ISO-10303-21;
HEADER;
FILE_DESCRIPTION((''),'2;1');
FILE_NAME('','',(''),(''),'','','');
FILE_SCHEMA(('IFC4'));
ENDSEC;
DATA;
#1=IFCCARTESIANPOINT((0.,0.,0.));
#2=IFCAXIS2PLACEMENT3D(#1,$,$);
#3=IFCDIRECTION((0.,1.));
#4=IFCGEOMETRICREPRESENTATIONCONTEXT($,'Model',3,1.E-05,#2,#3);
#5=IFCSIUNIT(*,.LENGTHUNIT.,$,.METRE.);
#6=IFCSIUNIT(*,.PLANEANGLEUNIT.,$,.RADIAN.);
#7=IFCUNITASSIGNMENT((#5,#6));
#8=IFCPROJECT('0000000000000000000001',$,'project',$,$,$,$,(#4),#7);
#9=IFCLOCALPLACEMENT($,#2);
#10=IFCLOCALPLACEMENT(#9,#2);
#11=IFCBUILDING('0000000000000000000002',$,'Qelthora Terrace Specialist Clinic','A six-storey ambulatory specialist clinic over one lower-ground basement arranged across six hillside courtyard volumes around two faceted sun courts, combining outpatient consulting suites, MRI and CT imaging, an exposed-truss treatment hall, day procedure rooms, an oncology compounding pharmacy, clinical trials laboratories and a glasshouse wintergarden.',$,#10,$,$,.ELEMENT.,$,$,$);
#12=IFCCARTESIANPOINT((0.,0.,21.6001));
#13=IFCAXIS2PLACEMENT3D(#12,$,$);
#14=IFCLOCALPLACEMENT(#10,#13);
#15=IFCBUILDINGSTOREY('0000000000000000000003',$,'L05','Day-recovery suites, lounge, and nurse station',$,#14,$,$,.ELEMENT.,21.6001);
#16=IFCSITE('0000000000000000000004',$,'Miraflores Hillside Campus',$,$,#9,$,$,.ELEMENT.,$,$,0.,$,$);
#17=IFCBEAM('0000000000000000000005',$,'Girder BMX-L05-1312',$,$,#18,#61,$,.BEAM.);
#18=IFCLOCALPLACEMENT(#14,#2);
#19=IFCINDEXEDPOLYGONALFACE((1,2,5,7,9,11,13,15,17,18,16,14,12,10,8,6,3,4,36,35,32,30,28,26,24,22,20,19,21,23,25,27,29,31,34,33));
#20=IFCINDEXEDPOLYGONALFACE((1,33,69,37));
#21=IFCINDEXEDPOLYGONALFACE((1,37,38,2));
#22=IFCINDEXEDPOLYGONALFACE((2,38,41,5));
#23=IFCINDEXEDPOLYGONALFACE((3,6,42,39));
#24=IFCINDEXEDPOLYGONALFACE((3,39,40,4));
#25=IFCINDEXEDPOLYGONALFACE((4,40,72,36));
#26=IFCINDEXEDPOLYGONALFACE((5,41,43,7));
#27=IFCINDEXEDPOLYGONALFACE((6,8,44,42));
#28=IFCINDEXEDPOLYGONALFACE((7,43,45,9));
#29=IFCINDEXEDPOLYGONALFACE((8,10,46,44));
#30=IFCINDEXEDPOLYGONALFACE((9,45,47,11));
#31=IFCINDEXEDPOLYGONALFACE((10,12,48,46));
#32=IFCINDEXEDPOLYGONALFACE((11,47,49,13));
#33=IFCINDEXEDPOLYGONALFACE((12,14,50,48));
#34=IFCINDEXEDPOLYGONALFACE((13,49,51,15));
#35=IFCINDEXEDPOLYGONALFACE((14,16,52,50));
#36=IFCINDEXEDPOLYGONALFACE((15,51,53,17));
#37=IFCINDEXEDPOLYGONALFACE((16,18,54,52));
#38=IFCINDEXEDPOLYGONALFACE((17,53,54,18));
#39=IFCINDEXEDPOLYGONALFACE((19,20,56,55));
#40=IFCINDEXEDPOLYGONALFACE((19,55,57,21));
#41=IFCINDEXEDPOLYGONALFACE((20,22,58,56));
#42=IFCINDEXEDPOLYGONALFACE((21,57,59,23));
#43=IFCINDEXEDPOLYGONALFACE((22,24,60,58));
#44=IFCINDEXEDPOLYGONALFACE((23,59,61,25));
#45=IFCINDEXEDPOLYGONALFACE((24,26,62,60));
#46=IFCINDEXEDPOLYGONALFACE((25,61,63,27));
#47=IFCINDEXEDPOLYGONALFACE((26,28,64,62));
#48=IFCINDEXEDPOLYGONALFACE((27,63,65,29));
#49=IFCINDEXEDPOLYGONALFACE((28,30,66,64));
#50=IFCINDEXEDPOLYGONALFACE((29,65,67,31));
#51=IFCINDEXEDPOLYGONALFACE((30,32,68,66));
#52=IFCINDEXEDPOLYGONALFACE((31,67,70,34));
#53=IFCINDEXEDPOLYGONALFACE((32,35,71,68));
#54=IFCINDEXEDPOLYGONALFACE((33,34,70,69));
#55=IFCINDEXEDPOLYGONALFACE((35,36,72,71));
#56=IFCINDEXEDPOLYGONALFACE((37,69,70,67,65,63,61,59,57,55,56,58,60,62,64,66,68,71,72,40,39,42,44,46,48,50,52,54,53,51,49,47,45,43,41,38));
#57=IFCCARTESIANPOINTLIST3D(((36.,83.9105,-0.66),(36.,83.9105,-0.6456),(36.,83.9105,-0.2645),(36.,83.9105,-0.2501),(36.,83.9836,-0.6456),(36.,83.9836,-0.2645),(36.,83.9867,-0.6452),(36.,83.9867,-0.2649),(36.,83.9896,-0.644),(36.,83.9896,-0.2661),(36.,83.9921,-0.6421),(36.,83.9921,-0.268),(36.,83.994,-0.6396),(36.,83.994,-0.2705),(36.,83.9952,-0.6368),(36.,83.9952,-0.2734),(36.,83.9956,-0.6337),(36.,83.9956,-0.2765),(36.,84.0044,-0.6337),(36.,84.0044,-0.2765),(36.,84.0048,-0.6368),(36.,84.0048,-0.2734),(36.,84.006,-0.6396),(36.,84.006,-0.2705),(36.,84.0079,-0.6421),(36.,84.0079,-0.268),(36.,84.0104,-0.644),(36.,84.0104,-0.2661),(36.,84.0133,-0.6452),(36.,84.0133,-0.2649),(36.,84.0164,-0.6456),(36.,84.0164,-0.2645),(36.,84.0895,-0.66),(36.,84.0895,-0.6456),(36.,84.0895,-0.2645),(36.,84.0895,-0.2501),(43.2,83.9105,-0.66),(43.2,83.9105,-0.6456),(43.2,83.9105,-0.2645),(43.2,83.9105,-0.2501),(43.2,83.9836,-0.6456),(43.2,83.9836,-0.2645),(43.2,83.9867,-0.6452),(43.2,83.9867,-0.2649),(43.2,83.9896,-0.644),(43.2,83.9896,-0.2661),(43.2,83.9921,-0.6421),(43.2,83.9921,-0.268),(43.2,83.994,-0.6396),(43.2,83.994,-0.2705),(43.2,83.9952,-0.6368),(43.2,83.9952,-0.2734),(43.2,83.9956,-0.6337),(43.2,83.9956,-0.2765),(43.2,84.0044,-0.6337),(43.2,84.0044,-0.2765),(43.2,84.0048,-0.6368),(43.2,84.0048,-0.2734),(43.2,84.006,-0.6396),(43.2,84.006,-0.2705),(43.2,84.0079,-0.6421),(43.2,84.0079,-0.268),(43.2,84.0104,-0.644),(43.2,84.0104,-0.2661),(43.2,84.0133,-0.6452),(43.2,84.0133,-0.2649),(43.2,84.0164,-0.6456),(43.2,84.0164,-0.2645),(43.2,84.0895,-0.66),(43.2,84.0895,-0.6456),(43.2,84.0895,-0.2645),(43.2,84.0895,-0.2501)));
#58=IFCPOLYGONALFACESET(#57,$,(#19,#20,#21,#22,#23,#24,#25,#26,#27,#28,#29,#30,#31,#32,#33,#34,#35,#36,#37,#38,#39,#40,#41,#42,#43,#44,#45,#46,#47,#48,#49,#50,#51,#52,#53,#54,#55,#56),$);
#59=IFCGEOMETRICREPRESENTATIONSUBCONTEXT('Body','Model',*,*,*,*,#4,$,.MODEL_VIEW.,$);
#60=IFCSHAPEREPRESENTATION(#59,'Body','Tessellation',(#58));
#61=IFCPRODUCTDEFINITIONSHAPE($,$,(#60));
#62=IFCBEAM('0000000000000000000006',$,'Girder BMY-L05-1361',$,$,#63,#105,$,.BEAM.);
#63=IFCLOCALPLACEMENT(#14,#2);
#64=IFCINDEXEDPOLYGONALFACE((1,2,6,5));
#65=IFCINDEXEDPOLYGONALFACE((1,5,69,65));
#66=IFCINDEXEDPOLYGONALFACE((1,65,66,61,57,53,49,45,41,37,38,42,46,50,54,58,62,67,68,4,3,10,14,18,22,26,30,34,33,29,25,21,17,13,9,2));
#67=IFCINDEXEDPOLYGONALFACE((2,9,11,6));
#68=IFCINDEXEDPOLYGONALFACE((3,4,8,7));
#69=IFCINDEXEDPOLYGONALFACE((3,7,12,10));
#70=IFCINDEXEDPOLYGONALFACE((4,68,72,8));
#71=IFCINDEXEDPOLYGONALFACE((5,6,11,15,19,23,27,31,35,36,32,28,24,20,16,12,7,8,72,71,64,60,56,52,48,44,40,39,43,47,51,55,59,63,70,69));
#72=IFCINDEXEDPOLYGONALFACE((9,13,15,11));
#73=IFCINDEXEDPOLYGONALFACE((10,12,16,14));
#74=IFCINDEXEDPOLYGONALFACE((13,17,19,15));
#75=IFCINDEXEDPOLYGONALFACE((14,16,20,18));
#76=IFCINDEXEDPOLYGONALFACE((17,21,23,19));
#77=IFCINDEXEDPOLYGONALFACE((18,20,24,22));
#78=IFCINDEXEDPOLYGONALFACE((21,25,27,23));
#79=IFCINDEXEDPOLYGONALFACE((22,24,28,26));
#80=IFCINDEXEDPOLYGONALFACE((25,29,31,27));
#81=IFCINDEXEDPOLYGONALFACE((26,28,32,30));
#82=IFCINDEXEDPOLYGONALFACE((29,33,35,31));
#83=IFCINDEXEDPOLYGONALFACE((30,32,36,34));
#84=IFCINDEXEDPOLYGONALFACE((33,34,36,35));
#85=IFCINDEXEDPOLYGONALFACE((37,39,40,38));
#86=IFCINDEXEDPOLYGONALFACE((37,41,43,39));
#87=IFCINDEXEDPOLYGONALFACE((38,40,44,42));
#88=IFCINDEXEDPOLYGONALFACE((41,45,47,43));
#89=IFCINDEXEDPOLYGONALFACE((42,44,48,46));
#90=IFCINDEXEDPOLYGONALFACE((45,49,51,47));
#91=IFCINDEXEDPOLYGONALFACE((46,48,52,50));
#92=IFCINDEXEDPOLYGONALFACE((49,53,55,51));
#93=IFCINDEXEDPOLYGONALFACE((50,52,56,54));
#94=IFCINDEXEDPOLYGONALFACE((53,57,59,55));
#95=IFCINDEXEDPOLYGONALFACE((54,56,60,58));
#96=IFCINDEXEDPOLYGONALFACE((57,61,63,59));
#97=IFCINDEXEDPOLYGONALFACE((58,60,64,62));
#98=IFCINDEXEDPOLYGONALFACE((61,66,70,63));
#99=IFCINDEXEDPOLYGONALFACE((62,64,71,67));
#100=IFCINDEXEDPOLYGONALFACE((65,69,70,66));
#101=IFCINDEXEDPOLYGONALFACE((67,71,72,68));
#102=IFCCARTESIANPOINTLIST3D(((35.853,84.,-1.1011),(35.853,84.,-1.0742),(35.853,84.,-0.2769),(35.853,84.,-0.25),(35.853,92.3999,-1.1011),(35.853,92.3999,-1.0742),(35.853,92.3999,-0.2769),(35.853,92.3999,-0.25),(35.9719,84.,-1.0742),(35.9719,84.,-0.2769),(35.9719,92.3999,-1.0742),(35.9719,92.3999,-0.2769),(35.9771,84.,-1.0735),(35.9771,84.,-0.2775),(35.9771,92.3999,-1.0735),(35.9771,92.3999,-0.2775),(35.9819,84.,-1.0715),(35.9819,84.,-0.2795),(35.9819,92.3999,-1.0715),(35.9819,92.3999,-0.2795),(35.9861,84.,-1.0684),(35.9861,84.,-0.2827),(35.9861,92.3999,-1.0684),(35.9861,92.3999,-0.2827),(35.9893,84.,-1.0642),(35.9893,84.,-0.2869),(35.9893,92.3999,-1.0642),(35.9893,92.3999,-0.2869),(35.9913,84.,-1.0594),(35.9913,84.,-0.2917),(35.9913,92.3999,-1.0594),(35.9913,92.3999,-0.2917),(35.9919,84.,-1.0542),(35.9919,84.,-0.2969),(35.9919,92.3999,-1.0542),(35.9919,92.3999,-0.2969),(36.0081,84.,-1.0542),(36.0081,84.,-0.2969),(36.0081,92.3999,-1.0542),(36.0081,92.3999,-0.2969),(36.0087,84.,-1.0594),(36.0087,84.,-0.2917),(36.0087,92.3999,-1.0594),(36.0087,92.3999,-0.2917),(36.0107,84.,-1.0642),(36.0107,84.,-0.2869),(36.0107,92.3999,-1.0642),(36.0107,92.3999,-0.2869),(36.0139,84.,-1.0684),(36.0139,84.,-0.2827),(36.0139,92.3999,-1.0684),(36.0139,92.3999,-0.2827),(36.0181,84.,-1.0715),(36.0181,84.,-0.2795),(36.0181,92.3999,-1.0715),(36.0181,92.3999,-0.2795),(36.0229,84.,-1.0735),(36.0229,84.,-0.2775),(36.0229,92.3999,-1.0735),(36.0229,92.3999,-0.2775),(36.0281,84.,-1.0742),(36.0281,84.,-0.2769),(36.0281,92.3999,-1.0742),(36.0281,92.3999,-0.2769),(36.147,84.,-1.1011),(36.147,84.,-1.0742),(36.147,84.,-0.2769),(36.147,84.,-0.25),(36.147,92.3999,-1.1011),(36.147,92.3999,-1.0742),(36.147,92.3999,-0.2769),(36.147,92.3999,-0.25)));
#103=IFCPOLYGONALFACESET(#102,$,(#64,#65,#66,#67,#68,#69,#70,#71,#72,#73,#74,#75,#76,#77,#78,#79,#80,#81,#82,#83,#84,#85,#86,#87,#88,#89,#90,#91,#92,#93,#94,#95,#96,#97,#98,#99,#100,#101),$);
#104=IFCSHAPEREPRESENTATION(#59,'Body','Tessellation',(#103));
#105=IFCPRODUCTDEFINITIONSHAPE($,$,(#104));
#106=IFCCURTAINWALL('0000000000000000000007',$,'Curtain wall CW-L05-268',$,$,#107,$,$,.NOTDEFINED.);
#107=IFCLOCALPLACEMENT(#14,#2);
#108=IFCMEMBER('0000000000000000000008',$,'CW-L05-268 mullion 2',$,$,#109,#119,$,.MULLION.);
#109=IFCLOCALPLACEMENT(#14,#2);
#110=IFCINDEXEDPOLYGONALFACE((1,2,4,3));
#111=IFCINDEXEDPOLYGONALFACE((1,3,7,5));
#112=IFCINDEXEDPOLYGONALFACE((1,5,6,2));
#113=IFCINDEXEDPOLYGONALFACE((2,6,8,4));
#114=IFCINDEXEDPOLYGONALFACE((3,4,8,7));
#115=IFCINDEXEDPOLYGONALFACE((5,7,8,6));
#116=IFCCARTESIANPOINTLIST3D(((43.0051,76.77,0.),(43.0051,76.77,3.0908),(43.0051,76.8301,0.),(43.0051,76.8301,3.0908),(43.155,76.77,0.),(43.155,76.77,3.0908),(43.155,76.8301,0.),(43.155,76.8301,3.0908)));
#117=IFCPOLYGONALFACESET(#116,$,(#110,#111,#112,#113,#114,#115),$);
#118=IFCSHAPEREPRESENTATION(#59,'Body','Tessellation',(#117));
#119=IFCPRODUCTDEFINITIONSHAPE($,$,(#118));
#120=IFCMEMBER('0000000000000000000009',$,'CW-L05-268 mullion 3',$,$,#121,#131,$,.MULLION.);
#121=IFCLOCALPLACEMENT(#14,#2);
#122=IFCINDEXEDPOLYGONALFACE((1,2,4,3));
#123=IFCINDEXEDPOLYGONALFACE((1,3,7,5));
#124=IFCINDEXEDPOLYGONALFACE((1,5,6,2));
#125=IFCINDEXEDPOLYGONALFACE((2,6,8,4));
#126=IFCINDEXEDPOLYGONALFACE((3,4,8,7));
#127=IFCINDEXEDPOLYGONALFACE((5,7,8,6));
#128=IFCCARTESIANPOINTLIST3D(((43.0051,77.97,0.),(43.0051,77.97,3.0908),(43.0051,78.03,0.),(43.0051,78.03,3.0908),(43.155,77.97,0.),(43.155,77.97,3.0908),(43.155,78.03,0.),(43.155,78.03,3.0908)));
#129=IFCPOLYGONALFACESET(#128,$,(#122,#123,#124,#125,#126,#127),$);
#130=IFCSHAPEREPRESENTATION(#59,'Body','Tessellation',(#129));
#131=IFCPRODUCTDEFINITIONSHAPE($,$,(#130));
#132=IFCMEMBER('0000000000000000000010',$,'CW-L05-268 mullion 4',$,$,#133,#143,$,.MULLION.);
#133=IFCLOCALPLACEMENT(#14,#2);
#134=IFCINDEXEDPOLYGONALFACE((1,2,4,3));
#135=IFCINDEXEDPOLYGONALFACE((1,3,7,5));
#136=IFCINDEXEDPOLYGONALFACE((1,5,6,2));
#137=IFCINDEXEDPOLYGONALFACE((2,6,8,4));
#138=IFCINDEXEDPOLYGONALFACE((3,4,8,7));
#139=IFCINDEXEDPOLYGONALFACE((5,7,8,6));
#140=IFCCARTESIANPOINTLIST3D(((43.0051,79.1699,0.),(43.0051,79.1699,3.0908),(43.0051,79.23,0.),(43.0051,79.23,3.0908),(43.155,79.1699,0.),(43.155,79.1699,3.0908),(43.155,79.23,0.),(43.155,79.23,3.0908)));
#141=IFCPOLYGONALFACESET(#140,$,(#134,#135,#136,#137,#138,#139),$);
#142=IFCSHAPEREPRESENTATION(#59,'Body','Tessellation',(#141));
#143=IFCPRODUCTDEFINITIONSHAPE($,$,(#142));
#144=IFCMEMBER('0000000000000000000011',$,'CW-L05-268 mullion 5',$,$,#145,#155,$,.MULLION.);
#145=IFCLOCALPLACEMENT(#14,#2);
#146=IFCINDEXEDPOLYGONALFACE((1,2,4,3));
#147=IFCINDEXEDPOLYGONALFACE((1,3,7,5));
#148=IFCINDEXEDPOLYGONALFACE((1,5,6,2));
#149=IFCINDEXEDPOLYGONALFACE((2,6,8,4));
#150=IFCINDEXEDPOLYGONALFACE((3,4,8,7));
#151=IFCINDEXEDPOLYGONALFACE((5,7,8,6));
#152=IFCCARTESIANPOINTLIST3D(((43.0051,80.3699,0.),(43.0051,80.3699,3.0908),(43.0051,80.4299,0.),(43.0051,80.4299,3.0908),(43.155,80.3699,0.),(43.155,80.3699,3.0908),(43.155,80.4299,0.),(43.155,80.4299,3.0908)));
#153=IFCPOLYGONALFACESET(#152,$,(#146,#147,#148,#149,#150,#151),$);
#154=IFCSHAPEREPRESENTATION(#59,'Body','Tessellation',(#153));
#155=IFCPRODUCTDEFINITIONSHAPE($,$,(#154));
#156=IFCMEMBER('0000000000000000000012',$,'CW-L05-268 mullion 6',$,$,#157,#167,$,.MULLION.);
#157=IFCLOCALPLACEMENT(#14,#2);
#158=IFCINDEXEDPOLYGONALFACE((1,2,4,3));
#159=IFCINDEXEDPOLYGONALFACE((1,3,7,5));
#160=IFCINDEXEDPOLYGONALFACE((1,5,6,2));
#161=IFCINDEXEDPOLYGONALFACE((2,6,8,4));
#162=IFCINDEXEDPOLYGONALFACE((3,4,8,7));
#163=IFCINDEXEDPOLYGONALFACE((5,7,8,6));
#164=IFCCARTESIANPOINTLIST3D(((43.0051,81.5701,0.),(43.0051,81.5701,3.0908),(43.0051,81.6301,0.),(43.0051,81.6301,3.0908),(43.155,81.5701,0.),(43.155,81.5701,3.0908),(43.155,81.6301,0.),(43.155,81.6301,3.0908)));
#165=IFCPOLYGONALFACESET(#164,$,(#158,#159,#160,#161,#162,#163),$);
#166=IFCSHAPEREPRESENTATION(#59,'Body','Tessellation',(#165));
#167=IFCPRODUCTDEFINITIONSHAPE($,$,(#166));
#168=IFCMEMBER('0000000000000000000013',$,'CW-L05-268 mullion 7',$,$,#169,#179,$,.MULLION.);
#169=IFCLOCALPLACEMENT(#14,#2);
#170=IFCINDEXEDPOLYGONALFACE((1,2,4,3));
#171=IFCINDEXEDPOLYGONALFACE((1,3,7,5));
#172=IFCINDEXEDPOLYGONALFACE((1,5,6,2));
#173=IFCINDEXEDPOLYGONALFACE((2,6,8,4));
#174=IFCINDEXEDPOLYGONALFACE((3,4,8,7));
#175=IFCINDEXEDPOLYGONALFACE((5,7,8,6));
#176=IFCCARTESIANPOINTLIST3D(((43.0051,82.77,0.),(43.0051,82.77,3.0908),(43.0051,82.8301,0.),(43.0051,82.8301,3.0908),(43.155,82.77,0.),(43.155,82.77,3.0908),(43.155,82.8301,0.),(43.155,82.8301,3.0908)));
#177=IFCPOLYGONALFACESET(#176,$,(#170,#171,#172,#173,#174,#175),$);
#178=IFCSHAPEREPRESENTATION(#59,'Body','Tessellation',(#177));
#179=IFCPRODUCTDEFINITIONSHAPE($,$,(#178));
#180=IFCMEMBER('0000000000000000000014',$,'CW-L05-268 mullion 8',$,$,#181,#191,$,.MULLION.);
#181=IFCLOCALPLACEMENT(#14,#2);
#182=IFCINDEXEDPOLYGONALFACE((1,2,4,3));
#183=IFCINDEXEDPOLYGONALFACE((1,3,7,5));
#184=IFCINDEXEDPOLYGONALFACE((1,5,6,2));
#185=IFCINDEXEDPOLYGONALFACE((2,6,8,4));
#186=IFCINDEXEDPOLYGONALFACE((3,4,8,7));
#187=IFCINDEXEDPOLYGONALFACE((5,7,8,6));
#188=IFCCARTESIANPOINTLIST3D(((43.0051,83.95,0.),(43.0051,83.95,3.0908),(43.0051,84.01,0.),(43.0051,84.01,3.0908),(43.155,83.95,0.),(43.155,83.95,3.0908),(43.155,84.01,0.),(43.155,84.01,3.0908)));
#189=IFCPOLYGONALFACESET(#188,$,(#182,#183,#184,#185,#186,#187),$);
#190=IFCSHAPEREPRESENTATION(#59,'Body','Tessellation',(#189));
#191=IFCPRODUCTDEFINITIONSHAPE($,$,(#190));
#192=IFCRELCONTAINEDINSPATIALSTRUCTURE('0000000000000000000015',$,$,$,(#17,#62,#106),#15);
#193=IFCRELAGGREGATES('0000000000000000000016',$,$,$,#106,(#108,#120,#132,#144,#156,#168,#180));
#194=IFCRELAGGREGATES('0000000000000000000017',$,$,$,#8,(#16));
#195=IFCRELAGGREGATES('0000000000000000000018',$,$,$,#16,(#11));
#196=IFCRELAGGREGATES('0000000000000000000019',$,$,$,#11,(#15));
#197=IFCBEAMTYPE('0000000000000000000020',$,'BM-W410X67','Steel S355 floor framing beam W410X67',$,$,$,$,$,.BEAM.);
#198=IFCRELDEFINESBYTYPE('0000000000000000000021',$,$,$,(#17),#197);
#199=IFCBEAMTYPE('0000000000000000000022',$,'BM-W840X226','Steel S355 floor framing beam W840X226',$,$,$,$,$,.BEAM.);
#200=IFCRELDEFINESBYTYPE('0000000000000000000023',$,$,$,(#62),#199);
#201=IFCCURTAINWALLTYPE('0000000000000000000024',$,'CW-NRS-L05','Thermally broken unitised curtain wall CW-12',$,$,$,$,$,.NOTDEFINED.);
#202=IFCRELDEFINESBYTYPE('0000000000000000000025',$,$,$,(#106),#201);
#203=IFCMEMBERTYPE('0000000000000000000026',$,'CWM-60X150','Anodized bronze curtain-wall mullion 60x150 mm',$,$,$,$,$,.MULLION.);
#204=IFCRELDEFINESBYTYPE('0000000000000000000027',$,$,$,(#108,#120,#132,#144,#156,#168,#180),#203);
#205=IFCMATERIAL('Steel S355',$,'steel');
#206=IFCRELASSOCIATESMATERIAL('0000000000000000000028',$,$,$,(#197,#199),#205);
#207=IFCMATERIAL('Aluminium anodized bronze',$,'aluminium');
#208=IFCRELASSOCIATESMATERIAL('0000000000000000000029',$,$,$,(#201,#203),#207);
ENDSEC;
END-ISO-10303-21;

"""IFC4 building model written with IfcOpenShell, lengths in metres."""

from ifc_helpers import new_model, si_unit, direction, frame, origin, origin_2d, place, context, subcontext, project, spatial, rectangle, i_section, extrude, material, material_profile, profile_set, type_object, element, aggregate, save


model = new_model("IFC4")

# Units and contexts
model_context = context("Model", 3, precision=1e-05, world=origin(), true_north=direction((0.0, 1.0)))
body_context = subcontext(model_context, "Body", "Model", "MODEL_VIEW")
ifc_project = project(units=[si_unit("LENGTHUNIT", "METRE"), si_unit("PLANEANGLEUNIT", "RADIAN")], contexts=[model_context])

# Site, building, storey
site_placement = place(None, origin())
site = spatial("IfcSite", under=ifc_project, at=site_placement, Name="Miraflores Hillside Campus", CompositionType="ELEMENT", RefElevation=0.0)
building_placement = place(site_placement, origin())
building = spatial("IfcBuilding", under=site, at=building_placement, Name="Qelthora Terrace Specialist Clinic", Description="A six-storey ambulatory specialist clinic over one lower-ground basement arranged across six hillside courtyard volumes around two faceted sun courts, combining outpatient consulting suites, MRI and CT imaging, an exposed-truss treatment hall, day procedure rooms, an oncology compounding pharmacy, clinical trials laboratories and a glasshouse wintergarden.", CompositionType="ELEMENT")
storey_placement = place(building_placement, frame((0.0, 0.0, 21.6001)))
storey = spatial("IfcBuildingStorey", under=building, at=storey_placement, Name="L05", Description="Day-recovery suites, lounge, and nurse station", CompositionType="ELEMENT", Elevation=21.6001)

# Beams
ifc_material_1 = material(Name="Steel S355", Category="steel")
ifc_material_profile_1 = material_profile(ifc_material_1, i_section(OverallWidth=0.179, OverallDepth=0.4099, WebThickness=0.0088, FlangeThickness=0.0144, FilletRadius=0.012, at=origin_2d()), Name="W410X67")
ifc_profile_set_1 = profile_set([ifc_material_profile_1], Name="Steel S355")
beam_type_1 = type_object("IfcBeamType", Name="BM-W410X67", Description="Steel S355 floor framing beam W410X67", PredefinedType="BEAM", material=ifc_profile_set_1)
beam_1_placement = place(storey_placement, frame((36.0, 84.0, -0.4551), z_axis=(1.0, 0.0, 0.0), x_axis=(0.0, 1.0, 0.0)))
element("IfcBeam", 1, at=beam_1_placement, inside=storey, type_object=beam_type_1, Name="Girder BMX-L05-1312", PredefinedType="BEAM", context=body_context, shape_type="SweptSolid", body=[
    extrude(i_section(OverallWidth=0.179, OverallDepth=0.4099, WebThickness=0.0088, FlangeThickness=0.0144, FilletRadius=0.012, at=origin_2d()), origin(), (0.0, 0.0, 1.0), 7.2),
])
ifc_material_profile_2 = material_profile(ifc_material_1, i_section(OverallWidth=0.2939, OverallDepth=0.8511, WebThickness=0.0161, FlangeThickness=0.0269, FilletRadius=0.02, at=origin_2d()), Name="W840X226")
ifc_profile_set_2 = profile_set([ifc_material_profile_2], Name="Steel S355")
beam_type_2 = type_object("IfcBeamType", Name="BM-W840X226", Description="Steel S355 floor framing beam W840X226", PredefinedType="BEAM", material=ifc_profile_set_2)
beam_2_placement = place(storey_placement, frame((36.0, 84.0, -0.6755), z_axis=(0.0, 1.0, 0.0), x_axis=(-1.0, 0.0, 0.0)))
element("IfcBeam", 2, at=beam_2_placement, inside=storey, type_object=beam_type_2, Name="Girder BMY-L05-1361", PredefinedType="BEAM", context=body_context, shape_type="SweptSolid", body=[
    extrude(i_section(OverallWidth=0.2939, OverallDepth=0.8511, WebThickness=0.0161, FlangeThickness=0.0269, FilletRadius=0.02, at=origin_2d()), origin(), (0.0, 0.0, 1.0), 8.3999),
])

# Curtain wall, members
ifc_material_2 = material(Name="Aluminium anodized bronze", Category="aluminium")
curtain_wall_type = type_object("IfcCurtainWallType", Name="CW-NRS-L05", Description="Thermally broken unitised curtain wall CW-12", PredefinedType="NOTDEFINED", material=ifc_material_2)
curtain_wall_1_placement = place(storey_placement, origin())
curtain_wall_1 = element("IfcCurtainWall", 3, at=curtain_wall_1_placement, inside=storey, type_object=curtain_wall_type, Name="Curtain wall CW-L05-268", PredefinedType="NOTDEFINED")
ifc_material_profile_3 = material_profile(ifc_material_2, rectangle(XDim=0.0601, YDim=0.1499, at=origin_2d()), Name="CWM60X150")
ifc_profile_set_3 = profile_set([ifc_material_profile_3], Name="Aluminium anodized bronze")
member_type_1 = type_object("IfcMemberType", Name="CWM-60X150", Description="Anodized bronze curtain-wall mullion 60x150 mm", PredefinedType="MULLION", material=ifc_profile_set_3)
member_1_placement = place(storey_placement, frame((43.0801, 76.8, 0.0), z_axis=(0.0, 0.0, 1.0), x_axis=(0.0, 1.0, 0.0)))
member_1 = element("IfcMember", 4, at=member_1_placement, type_object=member_type_1, Name="CW-L05-268 mullion 2", PredefinedType="MULLION", context=body_context, shape_type="SweptSolid", body=[
    extrude(rectangle(XDim=0.0601, YDim=0.1499, at=origin_2d()), origin(), (0.0, 0.0, 1.0), 3.0908),
])
member_2_placement = place(storey_placement, frame((43.0801, 78.0, 0.0), z_axis=(0.0, 0.0, 1.0), x_axis=(0.0, 1.0, 0.0)))
member_2 = element("IfcMember", 5, at=member_2_placement, type_object=member_type_1, Name="CW-L05-268 mullion 3", PredefinedType="MULLION", context=body_context, shape_type="SweptSolid", body=[
    extrude(rectangle(XDim=0.0601, YDim=0.1499, at=origin_2d()), origin(), (0.0, 0.0, 1.0), 3.0908),
])
member_3_placement = place(storey_placement, frame((43.0801, 79.2, 0.0), z_axis=(0.0, 0.0, 1.0), x_axis=(0.0, 1.0, 0.0)))
member_3 = element("IfcMember", 6, at=member_3_placement, type_object=member_type_1, Name="CW-L05-268 mullion 4", PredefinedType="MULLION", context=body_context, shape_type="SweptSolid", body=[
    extrude(rectangle(XDim=0.0601, YDim=0.1499, at=origin_2d()), origin(), (0.0, 0.0, 1.0), 3.0908),
])
member_4_placement = place(storey_placement, frame((43.0801, 80.3999, 0.0), z_axis=(0.0, 0.0, 1.0), x_axis=(0.0, 1.0, 0.0)))
member_4 = element("IfcMember", 7, at=member_4_placement, type_object=member_type_1, Name="CW-L05-268 mullion 5", PredefinedType="MULLION", context=body_context, shape_type="SweptSolid", body=[
    extrude(rectangle(XDim=0.0601, YDim=0.1499, at=origin_2d()), origin(), (0.0, 0.0, 1.0), 3.0908),
])
member_5_placement = place(storey_placement, frame((43.0801, 81.6001, 0.0), z_axis=(0.0, 0.0, 1.0), x_axis=(0.0, 1.0, 0.0)))
member_5 = element("IfcMember", 8, at=member_5_placement, type_object=member_type_1, Name="CW-L05-268 mullion 6", PredefinedType="MULLION", context=body_context, shape_type="SweptSolid", body=[
    extrude(rectangle(XDim=0.0601, YDim=0.1499, at=origin_2d()), origin(), (0.0, 0.0, 1.0), 3.0908),
])
member_6_placement = place(storey_placement, frame((43.0801, 82.8, 0.0), z_axis=(0.0, 0.0, 1.0), x_axis=(0.0, 1.0, 0.0)))
member_6 = element("IfcMember", 9, at=member_6_placement, type_object=member_type_1, Name="CW-L05-268 mullion 7", PredefinedType="MULLION", context=body_context, shape_type="SweptSolid", body=[
    extrude(rectangle(XDim=0.0601, YDim=0.1499, at=origin_2d()), origin(), (0.0, 0.0, 1.0), 3.0908),
])
member_7_placement = place(storey_placement, frame((43.0801, 83.98, 0.0), z_axis=(0.0, 0.0, 1.0), x_axis=(0.0, 1.0, 0.0)))
member_7 = element("IfcMember", 10, at=member_7_placement, type_object=member_type_1, Name="CW-L05-268 mullion 8", PredefinedType="MULLION", context=body_context, shape_type="SweptSolid", body=[
    extrude(rectangle(XDim=0.0601, YDim=0.1499, at=origin_2d()), origin(), (0.0, 0.0, 1.0), 3.0908),
])

aggregate(curtain_wall_1, [member_1, member_2, member_3, member_4, member_5, member_6, member_7])

save(model, "model.ifc")
